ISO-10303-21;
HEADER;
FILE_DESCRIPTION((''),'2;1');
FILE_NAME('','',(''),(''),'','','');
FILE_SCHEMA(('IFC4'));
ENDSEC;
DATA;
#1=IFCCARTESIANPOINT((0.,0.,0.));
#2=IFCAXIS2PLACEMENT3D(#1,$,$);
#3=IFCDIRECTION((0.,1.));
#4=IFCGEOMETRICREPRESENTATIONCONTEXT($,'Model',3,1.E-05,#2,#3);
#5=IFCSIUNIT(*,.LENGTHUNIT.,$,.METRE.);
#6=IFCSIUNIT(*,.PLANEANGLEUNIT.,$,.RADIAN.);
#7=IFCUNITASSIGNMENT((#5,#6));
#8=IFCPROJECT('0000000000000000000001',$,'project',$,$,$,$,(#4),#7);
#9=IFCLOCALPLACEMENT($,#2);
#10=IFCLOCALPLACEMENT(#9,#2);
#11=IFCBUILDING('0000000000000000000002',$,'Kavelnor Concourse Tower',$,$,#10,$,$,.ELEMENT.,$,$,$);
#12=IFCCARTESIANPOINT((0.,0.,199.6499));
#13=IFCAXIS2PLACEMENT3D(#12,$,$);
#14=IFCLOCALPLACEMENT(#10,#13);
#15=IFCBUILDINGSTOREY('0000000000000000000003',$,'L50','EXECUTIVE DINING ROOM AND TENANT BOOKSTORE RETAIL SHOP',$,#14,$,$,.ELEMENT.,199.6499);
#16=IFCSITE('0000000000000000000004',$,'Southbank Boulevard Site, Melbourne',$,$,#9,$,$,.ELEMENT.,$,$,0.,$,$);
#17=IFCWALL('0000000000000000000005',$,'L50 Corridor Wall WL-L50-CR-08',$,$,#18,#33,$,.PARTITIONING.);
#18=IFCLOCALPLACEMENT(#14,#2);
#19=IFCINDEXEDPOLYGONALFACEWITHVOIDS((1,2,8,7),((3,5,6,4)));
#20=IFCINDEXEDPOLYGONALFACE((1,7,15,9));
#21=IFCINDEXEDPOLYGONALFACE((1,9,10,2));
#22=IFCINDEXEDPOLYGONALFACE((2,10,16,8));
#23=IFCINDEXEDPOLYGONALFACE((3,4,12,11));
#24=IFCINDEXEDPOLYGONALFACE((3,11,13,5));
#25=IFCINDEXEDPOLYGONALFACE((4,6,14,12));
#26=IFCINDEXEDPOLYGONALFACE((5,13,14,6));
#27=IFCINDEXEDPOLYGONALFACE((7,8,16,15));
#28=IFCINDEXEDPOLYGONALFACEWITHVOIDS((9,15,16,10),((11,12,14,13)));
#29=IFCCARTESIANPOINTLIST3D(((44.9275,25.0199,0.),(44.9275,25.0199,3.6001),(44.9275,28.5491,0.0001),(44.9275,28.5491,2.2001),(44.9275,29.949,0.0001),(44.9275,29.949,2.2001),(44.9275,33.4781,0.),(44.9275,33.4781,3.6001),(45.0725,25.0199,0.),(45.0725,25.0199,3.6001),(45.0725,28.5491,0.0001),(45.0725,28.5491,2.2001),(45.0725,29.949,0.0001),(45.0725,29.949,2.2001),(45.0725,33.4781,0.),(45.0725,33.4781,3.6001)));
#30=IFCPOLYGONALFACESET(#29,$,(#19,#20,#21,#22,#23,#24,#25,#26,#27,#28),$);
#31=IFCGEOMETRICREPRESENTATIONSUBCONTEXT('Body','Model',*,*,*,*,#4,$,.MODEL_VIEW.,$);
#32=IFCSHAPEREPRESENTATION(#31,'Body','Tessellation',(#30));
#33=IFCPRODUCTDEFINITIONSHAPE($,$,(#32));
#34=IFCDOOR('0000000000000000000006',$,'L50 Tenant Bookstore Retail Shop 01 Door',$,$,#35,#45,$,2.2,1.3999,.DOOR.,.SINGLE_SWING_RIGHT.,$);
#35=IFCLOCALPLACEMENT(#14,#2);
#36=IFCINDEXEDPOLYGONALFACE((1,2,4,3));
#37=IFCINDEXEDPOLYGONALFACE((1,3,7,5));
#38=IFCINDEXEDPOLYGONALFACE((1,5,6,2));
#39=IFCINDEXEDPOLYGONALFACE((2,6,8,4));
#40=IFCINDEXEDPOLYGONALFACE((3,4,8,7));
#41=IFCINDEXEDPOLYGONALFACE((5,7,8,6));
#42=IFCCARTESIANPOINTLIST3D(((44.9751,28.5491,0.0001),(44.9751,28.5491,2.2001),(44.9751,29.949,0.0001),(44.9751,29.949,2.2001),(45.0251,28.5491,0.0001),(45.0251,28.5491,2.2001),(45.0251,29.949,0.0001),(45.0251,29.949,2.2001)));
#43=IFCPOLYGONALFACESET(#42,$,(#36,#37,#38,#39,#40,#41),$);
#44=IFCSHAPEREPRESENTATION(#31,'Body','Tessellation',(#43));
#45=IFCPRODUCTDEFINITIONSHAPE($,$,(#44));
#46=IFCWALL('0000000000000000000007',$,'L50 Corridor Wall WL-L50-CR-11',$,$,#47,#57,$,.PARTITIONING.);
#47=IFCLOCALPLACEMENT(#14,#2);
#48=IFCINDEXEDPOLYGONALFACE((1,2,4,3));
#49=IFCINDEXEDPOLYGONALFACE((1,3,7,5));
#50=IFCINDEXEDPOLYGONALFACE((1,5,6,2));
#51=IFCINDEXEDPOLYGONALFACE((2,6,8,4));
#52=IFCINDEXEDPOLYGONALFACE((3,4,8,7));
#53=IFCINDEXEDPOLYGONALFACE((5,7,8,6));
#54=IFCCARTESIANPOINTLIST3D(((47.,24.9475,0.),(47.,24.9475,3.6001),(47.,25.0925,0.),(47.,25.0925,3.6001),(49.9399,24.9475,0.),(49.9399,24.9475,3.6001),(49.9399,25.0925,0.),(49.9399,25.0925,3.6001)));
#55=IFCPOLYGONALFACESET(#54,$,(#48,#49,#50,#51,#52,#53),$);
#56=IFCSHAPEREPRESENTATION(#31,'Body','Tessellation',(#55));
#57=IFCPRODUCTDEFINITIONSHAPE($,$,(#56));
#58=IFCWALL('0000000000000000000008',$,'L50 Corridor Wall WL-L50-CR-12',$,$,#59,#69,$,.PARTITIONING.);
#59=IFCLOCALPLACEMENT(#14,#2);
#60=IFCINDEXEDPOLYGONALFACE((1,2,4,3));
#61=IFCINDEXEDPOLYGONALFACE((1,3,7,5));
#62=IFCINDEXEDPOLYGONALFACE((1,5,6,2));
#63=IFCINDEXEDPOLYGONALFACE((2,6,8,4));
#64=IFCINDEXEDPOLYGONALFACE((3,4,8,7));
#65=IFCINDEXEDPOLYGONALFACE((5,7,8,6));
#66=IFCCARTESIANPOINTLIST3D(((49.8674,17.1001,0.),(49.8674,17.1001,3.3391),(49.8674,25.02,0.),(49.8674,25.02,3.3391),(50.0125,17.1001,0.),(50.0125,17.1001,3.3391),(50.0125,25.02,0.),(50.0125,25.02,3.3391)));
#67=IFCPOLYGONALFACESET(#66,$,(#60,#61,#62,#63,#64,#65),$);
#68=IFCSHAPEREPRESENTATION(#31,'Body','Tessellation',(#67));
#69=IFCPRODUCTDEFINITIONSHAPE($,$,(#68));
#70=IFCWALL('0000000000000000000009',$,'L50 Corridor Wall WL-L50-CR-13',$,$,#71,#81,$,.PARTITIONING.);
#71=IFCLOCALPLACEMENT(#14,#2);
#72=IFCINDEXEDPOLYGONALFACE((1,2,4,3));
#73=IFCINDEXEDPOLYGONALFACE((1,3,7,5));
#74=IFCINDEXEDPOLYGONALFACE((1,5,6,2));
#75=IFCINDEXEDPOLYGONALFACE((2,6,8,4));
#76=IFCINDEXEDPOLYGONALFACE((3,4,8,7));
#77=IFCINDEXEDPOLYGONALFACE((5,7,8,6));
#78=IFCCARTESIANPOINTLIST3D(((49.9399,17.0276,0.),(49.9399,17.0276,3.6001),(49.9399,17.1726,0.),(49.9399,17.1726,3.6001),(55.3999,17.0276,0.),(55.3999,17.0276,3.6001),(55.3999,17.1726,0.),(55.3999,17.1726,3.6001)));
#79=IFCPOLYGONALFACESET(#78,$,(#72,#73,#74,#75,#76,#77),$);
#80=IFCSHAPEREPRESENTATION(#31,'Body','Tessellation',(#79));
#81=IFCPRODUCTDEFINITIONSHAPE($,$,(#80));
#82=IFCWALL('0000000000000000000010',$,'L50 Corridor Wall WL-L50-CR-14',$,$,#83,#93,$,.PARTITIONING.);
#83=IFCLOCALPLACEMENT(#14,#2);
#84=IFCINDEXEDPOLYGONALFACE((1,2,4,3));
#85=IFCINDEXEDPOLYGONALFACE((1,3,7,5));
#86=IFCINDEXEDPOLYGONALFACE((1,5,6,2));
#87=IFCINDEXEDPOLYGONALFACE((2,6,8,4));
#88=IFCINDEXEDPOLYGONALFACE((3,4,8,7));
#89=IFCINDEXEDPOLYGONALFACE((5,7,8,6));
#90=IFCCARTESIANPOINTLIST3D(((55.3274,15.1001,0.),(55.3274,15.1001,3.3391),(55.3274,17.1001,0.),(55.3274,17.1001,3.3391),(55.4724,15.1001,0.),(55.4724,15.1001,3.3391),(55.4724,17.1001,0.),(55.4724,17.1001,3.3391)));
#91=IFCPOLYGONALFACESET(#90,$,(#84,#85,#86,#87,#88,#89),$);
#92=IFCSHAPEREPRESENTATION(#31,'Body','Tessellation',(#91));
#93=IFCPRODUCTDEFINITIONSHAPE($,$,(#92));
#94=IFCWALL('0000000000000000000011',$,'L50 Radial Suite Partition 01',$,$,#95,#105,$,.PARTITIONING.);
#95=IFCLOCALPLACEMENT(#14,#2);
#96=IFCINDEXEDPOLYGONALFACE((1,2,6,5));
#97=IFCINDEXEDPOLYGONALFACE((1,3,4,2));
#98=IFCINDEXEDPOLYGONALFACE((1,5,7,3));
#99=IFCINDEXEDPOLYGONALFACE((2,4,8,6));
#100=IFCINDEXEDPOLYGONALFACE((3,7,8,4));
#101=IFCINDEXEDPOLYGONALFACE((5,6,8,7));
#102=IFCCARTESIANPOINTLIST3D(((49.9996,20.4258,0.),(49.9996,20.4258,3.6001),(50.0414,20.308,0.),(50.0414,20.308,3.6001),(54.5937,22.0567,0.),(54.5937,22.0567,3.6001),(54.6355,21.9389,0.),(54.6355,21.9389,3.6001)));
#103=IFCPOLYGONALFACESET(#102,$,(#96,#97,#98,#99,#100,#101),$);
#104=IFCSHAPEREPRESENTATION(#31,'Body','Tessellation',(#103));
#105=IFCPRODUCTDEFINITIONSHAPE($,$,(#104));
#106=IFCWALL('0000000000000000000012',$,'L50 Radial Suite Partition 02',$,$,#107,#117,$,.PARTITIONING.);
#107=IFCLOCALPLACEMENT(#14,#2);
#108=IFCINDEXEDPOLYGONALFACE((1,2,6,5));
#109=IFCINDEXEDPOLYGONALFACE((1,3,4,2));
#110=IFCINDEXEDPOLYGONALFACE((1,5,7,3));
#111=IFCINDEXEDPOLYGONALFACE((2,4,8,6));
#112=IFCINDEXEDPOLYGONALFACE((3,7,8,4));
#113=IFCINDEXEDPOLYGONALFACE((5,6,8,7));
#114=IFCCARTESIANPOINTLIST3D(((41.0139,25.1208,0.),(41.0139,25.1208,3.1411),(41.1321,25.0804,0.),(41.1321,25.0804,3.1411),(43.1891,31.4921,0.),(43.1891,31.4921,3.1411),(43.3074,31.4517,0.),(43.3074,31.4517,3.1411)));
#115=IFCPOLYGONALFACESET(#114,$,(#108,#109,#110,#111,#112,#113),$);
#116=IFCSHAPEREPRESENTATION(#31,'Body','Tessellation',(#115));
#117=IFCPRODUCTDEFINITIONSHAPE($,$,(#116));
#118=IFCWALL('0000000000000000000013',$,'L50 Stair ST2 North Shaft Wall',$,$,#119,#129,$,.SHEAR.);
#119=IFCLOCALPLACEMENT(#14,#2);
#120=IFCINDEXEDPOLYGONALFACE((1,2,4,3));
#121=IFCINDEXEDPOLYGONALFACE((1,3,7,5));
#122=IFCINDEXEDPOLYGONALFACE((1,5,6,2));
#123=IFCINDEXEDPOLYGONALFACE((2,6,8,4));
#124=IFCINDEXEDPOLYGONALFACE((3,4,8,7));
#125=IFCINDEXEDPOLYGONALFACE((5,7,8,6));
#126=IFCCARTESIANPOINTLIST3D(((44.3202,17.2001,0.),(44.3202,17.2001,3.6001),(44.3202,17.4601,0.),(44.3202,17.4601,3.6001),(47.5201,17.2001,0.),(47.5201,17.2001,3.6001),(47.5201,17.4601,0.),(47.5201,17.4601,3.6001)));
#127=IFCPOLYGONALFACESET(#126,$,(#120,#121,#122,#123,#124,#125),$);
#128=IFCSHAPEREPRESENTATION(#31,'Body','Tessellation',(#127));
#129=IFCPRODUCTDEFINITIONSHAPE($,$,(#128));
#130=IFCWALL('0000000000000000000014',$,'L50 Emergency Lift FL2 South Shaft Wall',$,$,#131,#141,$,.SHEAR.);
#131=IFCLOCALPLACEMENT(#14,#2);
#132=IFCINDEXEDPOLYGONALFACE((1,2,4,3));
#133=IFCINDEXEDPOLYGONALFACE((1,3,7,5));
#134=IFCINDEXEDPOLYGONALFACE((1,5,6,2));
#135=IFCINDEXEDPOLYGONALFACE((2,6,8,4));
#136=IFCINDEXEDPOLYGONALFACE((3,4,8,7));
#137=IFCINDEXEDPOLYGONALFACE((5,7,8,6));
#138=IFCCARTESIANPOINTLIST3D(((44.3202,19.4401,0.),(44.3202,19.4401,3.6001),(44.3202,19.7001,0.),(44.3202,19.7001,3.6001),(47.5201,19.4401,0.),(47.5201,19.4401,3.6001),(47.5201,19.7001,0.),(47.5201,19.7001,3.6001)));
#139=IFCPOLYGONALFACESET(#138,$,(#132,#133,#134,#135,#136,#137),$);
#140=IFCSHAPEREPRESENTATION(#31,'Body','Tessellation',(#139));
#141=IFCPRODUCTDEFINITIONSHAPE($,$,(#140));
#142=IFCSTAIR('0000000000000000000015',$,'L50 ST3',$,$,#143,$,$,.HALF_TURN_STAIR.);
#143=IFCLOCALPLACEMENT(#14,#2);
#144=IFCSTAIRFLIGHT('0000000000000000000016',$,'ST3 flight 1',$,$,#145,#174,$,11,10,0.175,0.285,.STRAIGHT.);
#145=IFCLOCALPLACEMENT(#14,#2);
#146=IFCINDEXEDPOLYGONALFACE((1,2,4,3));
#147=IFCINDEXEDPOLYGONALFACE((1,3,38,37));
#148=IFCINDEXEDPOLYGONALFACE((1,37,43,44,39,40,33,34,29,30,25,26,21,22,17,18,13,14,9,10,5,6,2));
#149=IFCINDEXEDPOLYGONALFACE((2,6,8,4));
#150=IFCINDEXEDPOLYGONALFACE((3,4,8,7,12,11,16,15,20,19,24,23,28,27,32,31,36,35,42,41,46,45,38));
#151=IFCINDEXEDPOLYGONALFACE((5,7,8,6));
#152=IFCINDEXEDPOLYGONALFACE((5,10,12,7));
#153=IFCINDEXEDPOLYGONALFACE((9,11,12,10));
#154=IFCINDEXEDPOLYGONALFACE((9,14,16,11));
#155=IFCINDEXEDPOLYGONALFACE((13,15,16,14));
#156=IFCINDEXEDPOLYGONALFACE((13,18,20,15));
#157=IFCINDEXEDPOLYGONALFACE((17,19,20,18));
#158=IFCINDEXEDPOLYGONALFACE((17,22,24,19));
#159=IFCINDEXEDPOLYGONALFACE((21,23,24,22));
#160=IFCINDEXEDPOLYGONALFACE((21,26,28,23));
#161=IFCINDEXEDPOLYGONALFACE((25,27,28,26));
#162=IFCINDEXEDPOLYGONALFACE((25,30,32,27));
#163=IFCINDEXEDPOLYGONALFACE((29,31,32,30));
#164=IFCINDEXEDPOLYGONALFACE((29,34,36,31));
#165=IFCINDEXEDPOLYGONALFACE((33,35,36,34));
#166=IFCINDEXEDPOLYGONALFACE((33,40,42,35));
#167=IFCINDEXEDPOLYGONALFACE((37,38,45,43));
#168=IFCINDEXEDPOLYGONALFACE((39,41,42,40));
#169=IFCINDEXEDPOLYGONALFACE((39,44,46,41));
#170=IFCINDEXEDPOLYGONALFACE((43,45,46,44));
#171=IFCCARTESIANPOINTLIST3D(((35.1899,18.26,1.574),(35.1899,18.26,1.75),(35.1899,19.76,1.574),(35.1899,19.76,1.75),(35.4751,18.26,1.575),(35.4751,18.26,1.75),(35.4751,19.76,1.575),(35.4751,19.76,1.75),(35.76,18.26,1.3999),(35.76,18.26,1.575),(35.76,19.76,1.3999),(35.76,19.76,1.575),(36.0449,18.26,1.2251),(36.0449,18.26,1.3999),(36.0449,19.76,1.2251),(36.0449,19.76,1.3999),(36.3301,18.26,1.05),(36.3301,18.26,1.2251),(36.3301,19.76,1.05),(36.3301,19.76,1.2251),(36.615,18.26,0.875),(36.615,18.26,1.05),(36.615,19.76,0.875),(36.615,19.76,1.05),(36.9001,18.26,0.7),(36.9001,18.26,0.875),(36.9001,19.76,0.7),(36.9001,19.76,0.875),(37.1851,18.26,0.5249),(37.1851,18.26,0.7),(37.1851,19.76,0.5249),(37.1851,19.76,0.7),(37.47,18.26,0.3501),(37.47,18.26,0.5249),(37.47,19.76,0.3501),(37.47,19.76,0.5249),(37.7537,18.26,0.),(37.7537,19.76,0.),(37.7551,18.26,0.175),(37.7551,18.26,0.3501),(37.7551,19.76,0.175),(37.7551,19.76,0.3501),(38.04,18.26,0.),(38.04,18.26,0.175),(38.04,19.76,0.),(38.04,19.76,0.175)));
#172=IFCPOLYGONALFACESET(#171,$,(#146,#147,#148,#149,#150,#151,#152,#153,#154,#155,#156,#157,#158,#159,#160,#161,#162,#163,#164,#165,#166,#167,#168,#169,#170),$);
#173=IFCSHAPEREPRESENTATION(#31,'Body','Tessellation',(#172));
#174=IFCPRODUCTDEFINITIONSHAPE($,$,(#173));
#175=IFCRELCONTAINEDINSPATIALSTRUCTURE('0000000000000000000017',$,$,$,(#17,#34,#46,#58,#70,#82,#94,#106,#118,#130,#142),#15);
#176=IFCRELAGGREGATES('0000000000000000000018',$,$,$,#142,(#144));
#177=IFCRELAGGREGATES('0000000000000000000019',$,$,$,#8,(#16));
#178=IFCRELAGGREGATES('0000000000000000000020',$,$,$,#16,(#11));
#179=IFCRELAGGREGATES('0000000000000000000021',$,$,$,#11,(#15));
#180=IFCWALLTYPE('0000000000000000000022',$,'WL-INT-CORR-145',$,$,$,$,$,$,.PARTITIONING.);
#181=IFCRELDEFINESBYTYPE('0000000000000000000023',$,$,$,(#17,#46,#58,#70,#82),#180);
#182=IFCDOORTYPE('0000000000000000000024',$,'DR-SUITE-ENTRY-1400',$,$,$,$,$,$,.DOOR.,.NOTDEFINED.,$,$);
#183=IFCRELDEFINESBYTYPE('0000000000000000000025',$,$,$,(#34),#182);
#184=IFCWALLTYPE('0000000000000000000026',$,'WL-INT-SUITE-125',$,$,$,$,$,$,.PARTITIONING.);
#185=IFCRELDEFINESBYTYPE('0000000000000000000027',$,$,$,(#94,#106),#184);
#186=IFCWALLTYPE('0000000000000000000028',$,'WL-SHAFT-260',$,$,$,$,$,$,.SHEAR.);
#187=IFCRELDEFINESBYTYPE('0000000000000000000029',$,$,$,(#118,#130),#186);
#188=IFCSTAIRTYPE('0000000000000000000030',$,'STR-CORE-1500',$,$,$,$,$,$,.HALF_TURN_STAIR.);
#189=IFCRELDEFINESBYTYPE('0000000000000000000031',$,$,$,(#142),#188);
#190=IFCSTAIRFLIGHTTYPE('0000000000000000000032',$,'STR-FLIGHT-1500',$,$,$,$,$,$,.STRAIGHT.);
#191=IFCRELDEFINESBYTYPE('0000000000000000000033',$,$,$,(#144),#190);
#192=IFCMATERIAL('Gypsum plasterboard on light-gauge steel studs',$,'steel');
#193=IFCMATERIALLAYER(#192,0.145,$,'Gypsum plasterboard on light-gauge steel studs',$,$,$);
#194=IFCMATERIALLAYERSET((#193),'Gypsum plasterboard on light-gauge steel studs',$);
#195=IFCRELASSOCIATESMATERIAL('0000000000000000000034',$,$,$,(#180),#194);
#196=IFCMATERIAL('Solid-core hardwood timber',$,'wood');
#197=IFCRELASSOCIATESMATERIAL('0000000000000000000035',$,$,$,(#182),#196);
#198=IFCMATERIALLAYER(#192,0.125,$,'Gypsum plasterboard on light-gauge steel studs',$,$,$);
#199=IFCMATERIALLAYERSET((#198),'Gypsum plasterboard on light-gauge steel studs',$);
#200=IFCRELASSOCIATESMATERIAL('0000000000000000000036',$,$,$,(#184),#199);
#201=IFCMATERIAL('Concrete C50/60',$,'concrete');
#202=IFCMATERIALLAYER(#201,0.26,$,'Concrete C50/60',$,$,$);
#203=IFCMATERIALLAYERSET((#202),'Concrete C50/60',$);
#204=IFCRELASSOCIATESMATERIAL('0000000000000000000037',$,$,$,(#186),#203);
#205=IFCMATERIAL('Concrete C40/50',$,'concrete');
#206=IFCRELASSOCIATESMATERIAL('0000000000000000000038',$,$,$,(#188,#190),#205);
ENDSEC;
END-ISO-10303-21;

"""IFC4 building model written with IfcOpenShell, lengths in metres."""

from ifc_helpers import new_model, si_unit, direction, frame, frame_2d, origin, place, context, subcontext, project, spatial, polyline, rectangle, outline, extrude, material, layer, layer_set, type_object, element, fill, aggregate, save


model = new_model("IFC4")

# Units and contexts
model_context = context("Model", 3, precision=1e-05, world=origin(), true_north=direction((0.0, 1.0)))
body_context = subcontext(model_context, "Body", "Model", "MODEL_VIEW")
ifc_project = project(units=[si_unit("LENGTHUNIT", "METRE"), si_unit("PLANEANGLEUNIT", "RADIAN")], contexts=[model_context])

# Site, building, storey
site_placement = place(None, origin())
site = spatial("IfcSite", under=ifc_project, at=site_placement, Name="Southbank Boulevard Site, Melbourne", CompositionType="ELEMENT", RefElevation=0.0)
building_placement = place(site_placement, origin())
building = spatial("IfcBuilding", under=site, at=building_placement, Name="Kavelnor Concourse Tower", CompositionType="ELEMENT")
storey_placement = place(building_placement, frame((0.0, 0.0, 199.6499)))
storey = spatial("IfcBuildingStorey", under=building, at=storey_placement, Name="L50", Description="EXECUTIVE DINING ROOM AND TENANT BOOKSTORE RETAIL SHOP", CompositionType="ELEMENT", Elevation=199.6499)

# Wall, opening, door
ifc_material_1 = material(Name="Gypsum plasterboard on light-gauge steel studs", Category="steel")
ifc_layer_1 = layer(ifc_material_1, 0.145, Name="Gypsum plasterboard on light-gauge steel studs")
ifc_layer_set_1 = layer_set([ifc_layer_1], Name="Gypsum plasterboard on light-gauge steel studs")
wall_type_1 = type_object("IfcWallType", Name="WL-INT-CORR-145", PredefinedType="PARTITIONING", material=ifc_layer_set_1)
wall_1_placement = place(storey_placement, frame((45.0, 25.02, 0.0), z_axis=(0.0, 0.0, 1.0), x_axis=(0.0, 1.0, 0.0)))
wall_1 = element("IfcWall", 1, at=wall_1_placement, inside=storey, type_object=wall_type_1, Name="L50 Corridor Wall WL-L50-CR-08", PredefinedType="PARTITIONING", context=body_context, shape_type="SweptSolid", body=[
    extrude(rectangle(XDim=8.4583, YDim=0.145, at=frame_2d((4.229, 0.0))), origin(), (0.0, 0.0, 1.0), 3.6001),
])
opening_placement = place(wall_1_placement, frame((3.5291, 0.0, 0.0)))
opening = element("IfcOpeningElement", 2, at=opening_placement, cuts=wall_1, PredefinedType="OPENING", context=body_context, shape_type="SweptSolid", body=[
    extrude(rectangle(XDim=1.3999, YDim=2.2, at=frame_2d((0.7, 1.1001))), frame((0.0, 0.0825, 0.0), z_axis=(0.0, -1.0, 0.0), x_axis=(1.0, 0.0, 0.0)), (0.0, 0.0, 1.0), 0.165),
])
ifc_material_2 = material(Name="Solid-core hardwood timber", Category="wood")
door_type = type_object("IfcDoorType", Name="DR-SUITE-ENTRY-1400", OperationType="NOTDEFINED", PredefinedType="DOOR", material=ifc_material_2)
door_placement = place(opening_placement, origin())
door = element("IfcDoor", 3, at=door_placement, inside=storey, type_object=door_type, Name="L50 Tenant Bookstore Retail Shop 01 Door", OperationType="SINGLE_SWING_RIGHT", OverallHeight=2.2, OverallWidth=1.3999, PredefinedType="DOOR", context=body_context, shape_type="SweptSolid", body=[
    extrude(rectangle(XDim=1.3999, YDim=2.2, at=frame_2d((0.7, 1.1001))), frame((0.0, 0.0249, 0.0), z_axis=(0.0, -1.0, 0.0), x_axis=(1.0, 0.0, 0.0)), (0.0, 0.0, 1.0), 0.05),
])
fill(opening, door)

# Walls
wall_2_placement = place(storey_placement, frame((47.0, 25.02, 0.0), z_axis=(0.0, 0.0, 1.0), x_axis=(1.0, 0.0, 0.0)))
element("IfcWall", 4, at=wall_2_placement, inside=storey, type_object=wall_type_1, Name="L50 Corridor Wall WL-L50-CR-11", PredefinedType="PARTITIONING", context=body_context, shape_type="SweptSolid", body=[
    extrude(rectangle(XDim=2.9399, YDim=0.145, at=frame_2d((1.47, 0.0))), origin(), (0.0, 0.0, 1.0), 3.6001),
])
wall_3_placement = place(storey_placement, frame((49.9399, 25.02, 0.0), z_axis=(0.0, 0.0, 1.0), x_axis=(0.0, -1.0, 0.0)))
element("IfcWall", 5, at=wall_3_placement, inside=storey, type_object=wall_type_1, Name="L50 Corridor Wall WL-L50-CR-12", PredefinedType="PARTITIONING", context=body_context, shape_type="SweptSolid", body=[
    extrude(rectangle(XDim=7.9199, YDim=0.145, at=frame_2d((3.96, 0.0))), origin(), (0.0, 0.0, 1.0), 3.3391),
])
wall_4_placement = place(storey_placement, frame((49.9399, 17.1001, 0.0), z_axis=(0.0, 0.0, 1.0), x_axis=(1.0, 0.0, 0.0)))
element("IfcWall", 6, at=wall_4_placement, inside=storey, type_object=wall_type_1, Name="L50 Corridor Wall WL-L50-CR-13", PredefinedType="PARTITIONING", context=body_context, shape_type="SweptSolid", body=[
    extrude(rectangle(XDim=5.46, YDim=0.145, at=frame_2d((2.73, 0.0))), origin(), (0.0, 0.0, 1.0), 3.6001),
])
wall_5_placement = place(storey_placement, frame((55.3999, 17.1001, 0.0), z_axis=(0.0, 0.0, 1.0), x_axis=(0.0, -1.0, 0.0)))
element("IfcWall", 7, at=wall_5_placement, inside=storey, type_object=wall_type_1, Name="L50 Corridor Wall WL-L50-CR-14", PredefinedType="PARTITIONING", context=body_context, shape_type="SweptSolid", body=[
    extrude(rectangle(XDim=2.0, YDim=0.145, at=frame_2d((1.0, 0.0))), origin(), (0.0, 0.0, 1.0), 3.3391),
])
ifc_layer_2 = layer(ifc_material_1, 0.125, Name="Gypsum plasterboard on light-gauge steel studs")
ifc_layer_set_2 = layer_set([ifc_layer_2], Name="Gypsum plasterboard on light-gauge steel studs")
wall_type_2 = type_object("IfcWallType", Name="WL-INT-SUITE-125", PredefinedType="PARTITIONING", material=ifc_layer_set_2)
wall_6_placement = place(storey_placement, frame((50.0205, 20.3669, 0.0), z_axis=(0.0, 0.0, 1.0), x_axis=(0.942386, 0.334527, 0.0)))
element("IfcWall", 8, at=wall_6_placement, inside=storey, type_object=wall_type_2, Name="L50 Radial Suite Partition 01", PredefinedType="PARTITIONING", context=body_context, shape_type="SweptSolid", body=[
    extrude(rectangle(XDim=4.875, YDim=0.125, at=frame_2d((2.4375, 0.0))), origin(), (0.0, 0.0, 1.0), 3.6001),
])
wall_7_placement = place(storey_placement, frame((41.073, 25.1006, 0.0), z_axis=(0.0, 0.0, 1.0), x_axis=(0.323106, 0.946363, 0.0)))
element("IfcWall", 9, at=wall_7_placement, inside=storey, type_object=wall_type_2, Name="L50 Radial Suite Partition 02", PredefinedType="PARTITIONING", context=body_context, shape_type="SweptSolid", body=[
    extrude(rectangle(XDim=6.7324, YDim=0.125, at=frame_2d((3.3662, 0.0))), origin(), (0.0, 0.0, 1.0), 3.1411),
])
ifc_material_3 = material(Name="Concrete C50/60", Category="concrete")
ifc_layer_3 = layer(ifc_material_3, 0.26, Name="Concrete C50/60")
ifc_layer_set_3 = layer_set([ifc_layer_3], Name="Concrete C50/60")
wall_type_3 = type_object("IfcWallType", Name="WL-SHAFT-260", PredefinedType="SHEAR", material=ifc_layer_set_3)
for number, where, z_axis, x_axis, name in (
    (10, (44.3201, 17.3301, 0.0), (0.0, 0.0, 1.0), (1.0, 0.0, 0.0), "L50 Stair ST2 North Shaft Wall"),
    (11, (44.3201, 19.5701, 0.0), (0.0, 0.0, 1.0), (1.0, 0.0, 0.0), "L50 Emergency Lift FL2 South Shaft Wall"),
):
    element("IfcWall", number, at=place(storey_placement, frame(where, z_axis=z_axis, x_axis=x_axis)), inside=storey, type_object=wall_type_3, Name=name, PredefinedType="SHEAR", context=body_context, shape_type="SweptSolid", body=[
        extrude(rectangle(XDim=3.2, YDim=0.26, at=frame_2d((1.6001, 0.0))), origin(), (0.0, 0.0, 1.0), 3.6001),
    ])

# Stair, stair flight
ifc_material_4 = material(Name="Concrete C40/50", Category="concrete")
stair_type = type_object("IfcStairType", Name="STR-CORE-1500", PredefinedType="HALF_TURN_STAIR", material=ifc_material_4)
stair_placement = place(storey_placement, origin())
stair = element("IfcStair", 12, at=stair_placement, inside=storey, type_object=stair_type, Name="L50 ST3", PredefinedType="HALF_TURN_STAIR")
stair_flight_type = type_object("IfcStairFlightType", Name="STR-FLIGHT-1500", PredefinedType="STRAIGHT", material=ifc_material_4)
stair_flight_placement = place(storey_placement, frame((38.04, 19.01, 0.0), z_axis=(0.0, 0.0, 1.0), x_axis=(-1.0, 0.0, 0.0)))
stair_flight = element("IfcStairFlight", 13, at=stair_flight_placement, type_object=stair_flight_type, Name="ST3 flight 1", NumberOfRisers=11, NumberOfTreads=10, PredefinedType="STRAIGHT", RiserHeight=0.175, TreadLength=0.285, context=body_context, shape_type="SweptSolid", body=[
    extrude(outline(polyline([(0.0, 0.0), (0.0, 0.175), (0.2849, 0.175), (0.2849, 0.3501), (0.5701, 0.3501), (0.5701, 0.5249), (0.855, 0.5249), (0.855, 0.7), (1.1399, 0.7), (1.1399, 0.875), (1.425, 0.875), (1.425, 1.05), (1.71, 1.05), (1.71, 1.2251), (1.9951, 1.2251), (1.9951, 1.3999), (2.28, 1.3999), (2.28, 1.575), (2.5649, 1.575), (2.5649, 1.75), (2.8501, 1.75), (2.8501, 1.925), (2.8501, 1.574), (0.2864, 0.0), (0.0, 0.0)])), frame((0.0, 0.75, 0.0), z_axis=(0.0, -1.0, 0.0), x_axis=(1.0, 0.0, 0.0)), (0.0, 0.0, 1.0), 1.5),
])
aggregate(stair, [stair_flight])

save(model, "model.ifc")
